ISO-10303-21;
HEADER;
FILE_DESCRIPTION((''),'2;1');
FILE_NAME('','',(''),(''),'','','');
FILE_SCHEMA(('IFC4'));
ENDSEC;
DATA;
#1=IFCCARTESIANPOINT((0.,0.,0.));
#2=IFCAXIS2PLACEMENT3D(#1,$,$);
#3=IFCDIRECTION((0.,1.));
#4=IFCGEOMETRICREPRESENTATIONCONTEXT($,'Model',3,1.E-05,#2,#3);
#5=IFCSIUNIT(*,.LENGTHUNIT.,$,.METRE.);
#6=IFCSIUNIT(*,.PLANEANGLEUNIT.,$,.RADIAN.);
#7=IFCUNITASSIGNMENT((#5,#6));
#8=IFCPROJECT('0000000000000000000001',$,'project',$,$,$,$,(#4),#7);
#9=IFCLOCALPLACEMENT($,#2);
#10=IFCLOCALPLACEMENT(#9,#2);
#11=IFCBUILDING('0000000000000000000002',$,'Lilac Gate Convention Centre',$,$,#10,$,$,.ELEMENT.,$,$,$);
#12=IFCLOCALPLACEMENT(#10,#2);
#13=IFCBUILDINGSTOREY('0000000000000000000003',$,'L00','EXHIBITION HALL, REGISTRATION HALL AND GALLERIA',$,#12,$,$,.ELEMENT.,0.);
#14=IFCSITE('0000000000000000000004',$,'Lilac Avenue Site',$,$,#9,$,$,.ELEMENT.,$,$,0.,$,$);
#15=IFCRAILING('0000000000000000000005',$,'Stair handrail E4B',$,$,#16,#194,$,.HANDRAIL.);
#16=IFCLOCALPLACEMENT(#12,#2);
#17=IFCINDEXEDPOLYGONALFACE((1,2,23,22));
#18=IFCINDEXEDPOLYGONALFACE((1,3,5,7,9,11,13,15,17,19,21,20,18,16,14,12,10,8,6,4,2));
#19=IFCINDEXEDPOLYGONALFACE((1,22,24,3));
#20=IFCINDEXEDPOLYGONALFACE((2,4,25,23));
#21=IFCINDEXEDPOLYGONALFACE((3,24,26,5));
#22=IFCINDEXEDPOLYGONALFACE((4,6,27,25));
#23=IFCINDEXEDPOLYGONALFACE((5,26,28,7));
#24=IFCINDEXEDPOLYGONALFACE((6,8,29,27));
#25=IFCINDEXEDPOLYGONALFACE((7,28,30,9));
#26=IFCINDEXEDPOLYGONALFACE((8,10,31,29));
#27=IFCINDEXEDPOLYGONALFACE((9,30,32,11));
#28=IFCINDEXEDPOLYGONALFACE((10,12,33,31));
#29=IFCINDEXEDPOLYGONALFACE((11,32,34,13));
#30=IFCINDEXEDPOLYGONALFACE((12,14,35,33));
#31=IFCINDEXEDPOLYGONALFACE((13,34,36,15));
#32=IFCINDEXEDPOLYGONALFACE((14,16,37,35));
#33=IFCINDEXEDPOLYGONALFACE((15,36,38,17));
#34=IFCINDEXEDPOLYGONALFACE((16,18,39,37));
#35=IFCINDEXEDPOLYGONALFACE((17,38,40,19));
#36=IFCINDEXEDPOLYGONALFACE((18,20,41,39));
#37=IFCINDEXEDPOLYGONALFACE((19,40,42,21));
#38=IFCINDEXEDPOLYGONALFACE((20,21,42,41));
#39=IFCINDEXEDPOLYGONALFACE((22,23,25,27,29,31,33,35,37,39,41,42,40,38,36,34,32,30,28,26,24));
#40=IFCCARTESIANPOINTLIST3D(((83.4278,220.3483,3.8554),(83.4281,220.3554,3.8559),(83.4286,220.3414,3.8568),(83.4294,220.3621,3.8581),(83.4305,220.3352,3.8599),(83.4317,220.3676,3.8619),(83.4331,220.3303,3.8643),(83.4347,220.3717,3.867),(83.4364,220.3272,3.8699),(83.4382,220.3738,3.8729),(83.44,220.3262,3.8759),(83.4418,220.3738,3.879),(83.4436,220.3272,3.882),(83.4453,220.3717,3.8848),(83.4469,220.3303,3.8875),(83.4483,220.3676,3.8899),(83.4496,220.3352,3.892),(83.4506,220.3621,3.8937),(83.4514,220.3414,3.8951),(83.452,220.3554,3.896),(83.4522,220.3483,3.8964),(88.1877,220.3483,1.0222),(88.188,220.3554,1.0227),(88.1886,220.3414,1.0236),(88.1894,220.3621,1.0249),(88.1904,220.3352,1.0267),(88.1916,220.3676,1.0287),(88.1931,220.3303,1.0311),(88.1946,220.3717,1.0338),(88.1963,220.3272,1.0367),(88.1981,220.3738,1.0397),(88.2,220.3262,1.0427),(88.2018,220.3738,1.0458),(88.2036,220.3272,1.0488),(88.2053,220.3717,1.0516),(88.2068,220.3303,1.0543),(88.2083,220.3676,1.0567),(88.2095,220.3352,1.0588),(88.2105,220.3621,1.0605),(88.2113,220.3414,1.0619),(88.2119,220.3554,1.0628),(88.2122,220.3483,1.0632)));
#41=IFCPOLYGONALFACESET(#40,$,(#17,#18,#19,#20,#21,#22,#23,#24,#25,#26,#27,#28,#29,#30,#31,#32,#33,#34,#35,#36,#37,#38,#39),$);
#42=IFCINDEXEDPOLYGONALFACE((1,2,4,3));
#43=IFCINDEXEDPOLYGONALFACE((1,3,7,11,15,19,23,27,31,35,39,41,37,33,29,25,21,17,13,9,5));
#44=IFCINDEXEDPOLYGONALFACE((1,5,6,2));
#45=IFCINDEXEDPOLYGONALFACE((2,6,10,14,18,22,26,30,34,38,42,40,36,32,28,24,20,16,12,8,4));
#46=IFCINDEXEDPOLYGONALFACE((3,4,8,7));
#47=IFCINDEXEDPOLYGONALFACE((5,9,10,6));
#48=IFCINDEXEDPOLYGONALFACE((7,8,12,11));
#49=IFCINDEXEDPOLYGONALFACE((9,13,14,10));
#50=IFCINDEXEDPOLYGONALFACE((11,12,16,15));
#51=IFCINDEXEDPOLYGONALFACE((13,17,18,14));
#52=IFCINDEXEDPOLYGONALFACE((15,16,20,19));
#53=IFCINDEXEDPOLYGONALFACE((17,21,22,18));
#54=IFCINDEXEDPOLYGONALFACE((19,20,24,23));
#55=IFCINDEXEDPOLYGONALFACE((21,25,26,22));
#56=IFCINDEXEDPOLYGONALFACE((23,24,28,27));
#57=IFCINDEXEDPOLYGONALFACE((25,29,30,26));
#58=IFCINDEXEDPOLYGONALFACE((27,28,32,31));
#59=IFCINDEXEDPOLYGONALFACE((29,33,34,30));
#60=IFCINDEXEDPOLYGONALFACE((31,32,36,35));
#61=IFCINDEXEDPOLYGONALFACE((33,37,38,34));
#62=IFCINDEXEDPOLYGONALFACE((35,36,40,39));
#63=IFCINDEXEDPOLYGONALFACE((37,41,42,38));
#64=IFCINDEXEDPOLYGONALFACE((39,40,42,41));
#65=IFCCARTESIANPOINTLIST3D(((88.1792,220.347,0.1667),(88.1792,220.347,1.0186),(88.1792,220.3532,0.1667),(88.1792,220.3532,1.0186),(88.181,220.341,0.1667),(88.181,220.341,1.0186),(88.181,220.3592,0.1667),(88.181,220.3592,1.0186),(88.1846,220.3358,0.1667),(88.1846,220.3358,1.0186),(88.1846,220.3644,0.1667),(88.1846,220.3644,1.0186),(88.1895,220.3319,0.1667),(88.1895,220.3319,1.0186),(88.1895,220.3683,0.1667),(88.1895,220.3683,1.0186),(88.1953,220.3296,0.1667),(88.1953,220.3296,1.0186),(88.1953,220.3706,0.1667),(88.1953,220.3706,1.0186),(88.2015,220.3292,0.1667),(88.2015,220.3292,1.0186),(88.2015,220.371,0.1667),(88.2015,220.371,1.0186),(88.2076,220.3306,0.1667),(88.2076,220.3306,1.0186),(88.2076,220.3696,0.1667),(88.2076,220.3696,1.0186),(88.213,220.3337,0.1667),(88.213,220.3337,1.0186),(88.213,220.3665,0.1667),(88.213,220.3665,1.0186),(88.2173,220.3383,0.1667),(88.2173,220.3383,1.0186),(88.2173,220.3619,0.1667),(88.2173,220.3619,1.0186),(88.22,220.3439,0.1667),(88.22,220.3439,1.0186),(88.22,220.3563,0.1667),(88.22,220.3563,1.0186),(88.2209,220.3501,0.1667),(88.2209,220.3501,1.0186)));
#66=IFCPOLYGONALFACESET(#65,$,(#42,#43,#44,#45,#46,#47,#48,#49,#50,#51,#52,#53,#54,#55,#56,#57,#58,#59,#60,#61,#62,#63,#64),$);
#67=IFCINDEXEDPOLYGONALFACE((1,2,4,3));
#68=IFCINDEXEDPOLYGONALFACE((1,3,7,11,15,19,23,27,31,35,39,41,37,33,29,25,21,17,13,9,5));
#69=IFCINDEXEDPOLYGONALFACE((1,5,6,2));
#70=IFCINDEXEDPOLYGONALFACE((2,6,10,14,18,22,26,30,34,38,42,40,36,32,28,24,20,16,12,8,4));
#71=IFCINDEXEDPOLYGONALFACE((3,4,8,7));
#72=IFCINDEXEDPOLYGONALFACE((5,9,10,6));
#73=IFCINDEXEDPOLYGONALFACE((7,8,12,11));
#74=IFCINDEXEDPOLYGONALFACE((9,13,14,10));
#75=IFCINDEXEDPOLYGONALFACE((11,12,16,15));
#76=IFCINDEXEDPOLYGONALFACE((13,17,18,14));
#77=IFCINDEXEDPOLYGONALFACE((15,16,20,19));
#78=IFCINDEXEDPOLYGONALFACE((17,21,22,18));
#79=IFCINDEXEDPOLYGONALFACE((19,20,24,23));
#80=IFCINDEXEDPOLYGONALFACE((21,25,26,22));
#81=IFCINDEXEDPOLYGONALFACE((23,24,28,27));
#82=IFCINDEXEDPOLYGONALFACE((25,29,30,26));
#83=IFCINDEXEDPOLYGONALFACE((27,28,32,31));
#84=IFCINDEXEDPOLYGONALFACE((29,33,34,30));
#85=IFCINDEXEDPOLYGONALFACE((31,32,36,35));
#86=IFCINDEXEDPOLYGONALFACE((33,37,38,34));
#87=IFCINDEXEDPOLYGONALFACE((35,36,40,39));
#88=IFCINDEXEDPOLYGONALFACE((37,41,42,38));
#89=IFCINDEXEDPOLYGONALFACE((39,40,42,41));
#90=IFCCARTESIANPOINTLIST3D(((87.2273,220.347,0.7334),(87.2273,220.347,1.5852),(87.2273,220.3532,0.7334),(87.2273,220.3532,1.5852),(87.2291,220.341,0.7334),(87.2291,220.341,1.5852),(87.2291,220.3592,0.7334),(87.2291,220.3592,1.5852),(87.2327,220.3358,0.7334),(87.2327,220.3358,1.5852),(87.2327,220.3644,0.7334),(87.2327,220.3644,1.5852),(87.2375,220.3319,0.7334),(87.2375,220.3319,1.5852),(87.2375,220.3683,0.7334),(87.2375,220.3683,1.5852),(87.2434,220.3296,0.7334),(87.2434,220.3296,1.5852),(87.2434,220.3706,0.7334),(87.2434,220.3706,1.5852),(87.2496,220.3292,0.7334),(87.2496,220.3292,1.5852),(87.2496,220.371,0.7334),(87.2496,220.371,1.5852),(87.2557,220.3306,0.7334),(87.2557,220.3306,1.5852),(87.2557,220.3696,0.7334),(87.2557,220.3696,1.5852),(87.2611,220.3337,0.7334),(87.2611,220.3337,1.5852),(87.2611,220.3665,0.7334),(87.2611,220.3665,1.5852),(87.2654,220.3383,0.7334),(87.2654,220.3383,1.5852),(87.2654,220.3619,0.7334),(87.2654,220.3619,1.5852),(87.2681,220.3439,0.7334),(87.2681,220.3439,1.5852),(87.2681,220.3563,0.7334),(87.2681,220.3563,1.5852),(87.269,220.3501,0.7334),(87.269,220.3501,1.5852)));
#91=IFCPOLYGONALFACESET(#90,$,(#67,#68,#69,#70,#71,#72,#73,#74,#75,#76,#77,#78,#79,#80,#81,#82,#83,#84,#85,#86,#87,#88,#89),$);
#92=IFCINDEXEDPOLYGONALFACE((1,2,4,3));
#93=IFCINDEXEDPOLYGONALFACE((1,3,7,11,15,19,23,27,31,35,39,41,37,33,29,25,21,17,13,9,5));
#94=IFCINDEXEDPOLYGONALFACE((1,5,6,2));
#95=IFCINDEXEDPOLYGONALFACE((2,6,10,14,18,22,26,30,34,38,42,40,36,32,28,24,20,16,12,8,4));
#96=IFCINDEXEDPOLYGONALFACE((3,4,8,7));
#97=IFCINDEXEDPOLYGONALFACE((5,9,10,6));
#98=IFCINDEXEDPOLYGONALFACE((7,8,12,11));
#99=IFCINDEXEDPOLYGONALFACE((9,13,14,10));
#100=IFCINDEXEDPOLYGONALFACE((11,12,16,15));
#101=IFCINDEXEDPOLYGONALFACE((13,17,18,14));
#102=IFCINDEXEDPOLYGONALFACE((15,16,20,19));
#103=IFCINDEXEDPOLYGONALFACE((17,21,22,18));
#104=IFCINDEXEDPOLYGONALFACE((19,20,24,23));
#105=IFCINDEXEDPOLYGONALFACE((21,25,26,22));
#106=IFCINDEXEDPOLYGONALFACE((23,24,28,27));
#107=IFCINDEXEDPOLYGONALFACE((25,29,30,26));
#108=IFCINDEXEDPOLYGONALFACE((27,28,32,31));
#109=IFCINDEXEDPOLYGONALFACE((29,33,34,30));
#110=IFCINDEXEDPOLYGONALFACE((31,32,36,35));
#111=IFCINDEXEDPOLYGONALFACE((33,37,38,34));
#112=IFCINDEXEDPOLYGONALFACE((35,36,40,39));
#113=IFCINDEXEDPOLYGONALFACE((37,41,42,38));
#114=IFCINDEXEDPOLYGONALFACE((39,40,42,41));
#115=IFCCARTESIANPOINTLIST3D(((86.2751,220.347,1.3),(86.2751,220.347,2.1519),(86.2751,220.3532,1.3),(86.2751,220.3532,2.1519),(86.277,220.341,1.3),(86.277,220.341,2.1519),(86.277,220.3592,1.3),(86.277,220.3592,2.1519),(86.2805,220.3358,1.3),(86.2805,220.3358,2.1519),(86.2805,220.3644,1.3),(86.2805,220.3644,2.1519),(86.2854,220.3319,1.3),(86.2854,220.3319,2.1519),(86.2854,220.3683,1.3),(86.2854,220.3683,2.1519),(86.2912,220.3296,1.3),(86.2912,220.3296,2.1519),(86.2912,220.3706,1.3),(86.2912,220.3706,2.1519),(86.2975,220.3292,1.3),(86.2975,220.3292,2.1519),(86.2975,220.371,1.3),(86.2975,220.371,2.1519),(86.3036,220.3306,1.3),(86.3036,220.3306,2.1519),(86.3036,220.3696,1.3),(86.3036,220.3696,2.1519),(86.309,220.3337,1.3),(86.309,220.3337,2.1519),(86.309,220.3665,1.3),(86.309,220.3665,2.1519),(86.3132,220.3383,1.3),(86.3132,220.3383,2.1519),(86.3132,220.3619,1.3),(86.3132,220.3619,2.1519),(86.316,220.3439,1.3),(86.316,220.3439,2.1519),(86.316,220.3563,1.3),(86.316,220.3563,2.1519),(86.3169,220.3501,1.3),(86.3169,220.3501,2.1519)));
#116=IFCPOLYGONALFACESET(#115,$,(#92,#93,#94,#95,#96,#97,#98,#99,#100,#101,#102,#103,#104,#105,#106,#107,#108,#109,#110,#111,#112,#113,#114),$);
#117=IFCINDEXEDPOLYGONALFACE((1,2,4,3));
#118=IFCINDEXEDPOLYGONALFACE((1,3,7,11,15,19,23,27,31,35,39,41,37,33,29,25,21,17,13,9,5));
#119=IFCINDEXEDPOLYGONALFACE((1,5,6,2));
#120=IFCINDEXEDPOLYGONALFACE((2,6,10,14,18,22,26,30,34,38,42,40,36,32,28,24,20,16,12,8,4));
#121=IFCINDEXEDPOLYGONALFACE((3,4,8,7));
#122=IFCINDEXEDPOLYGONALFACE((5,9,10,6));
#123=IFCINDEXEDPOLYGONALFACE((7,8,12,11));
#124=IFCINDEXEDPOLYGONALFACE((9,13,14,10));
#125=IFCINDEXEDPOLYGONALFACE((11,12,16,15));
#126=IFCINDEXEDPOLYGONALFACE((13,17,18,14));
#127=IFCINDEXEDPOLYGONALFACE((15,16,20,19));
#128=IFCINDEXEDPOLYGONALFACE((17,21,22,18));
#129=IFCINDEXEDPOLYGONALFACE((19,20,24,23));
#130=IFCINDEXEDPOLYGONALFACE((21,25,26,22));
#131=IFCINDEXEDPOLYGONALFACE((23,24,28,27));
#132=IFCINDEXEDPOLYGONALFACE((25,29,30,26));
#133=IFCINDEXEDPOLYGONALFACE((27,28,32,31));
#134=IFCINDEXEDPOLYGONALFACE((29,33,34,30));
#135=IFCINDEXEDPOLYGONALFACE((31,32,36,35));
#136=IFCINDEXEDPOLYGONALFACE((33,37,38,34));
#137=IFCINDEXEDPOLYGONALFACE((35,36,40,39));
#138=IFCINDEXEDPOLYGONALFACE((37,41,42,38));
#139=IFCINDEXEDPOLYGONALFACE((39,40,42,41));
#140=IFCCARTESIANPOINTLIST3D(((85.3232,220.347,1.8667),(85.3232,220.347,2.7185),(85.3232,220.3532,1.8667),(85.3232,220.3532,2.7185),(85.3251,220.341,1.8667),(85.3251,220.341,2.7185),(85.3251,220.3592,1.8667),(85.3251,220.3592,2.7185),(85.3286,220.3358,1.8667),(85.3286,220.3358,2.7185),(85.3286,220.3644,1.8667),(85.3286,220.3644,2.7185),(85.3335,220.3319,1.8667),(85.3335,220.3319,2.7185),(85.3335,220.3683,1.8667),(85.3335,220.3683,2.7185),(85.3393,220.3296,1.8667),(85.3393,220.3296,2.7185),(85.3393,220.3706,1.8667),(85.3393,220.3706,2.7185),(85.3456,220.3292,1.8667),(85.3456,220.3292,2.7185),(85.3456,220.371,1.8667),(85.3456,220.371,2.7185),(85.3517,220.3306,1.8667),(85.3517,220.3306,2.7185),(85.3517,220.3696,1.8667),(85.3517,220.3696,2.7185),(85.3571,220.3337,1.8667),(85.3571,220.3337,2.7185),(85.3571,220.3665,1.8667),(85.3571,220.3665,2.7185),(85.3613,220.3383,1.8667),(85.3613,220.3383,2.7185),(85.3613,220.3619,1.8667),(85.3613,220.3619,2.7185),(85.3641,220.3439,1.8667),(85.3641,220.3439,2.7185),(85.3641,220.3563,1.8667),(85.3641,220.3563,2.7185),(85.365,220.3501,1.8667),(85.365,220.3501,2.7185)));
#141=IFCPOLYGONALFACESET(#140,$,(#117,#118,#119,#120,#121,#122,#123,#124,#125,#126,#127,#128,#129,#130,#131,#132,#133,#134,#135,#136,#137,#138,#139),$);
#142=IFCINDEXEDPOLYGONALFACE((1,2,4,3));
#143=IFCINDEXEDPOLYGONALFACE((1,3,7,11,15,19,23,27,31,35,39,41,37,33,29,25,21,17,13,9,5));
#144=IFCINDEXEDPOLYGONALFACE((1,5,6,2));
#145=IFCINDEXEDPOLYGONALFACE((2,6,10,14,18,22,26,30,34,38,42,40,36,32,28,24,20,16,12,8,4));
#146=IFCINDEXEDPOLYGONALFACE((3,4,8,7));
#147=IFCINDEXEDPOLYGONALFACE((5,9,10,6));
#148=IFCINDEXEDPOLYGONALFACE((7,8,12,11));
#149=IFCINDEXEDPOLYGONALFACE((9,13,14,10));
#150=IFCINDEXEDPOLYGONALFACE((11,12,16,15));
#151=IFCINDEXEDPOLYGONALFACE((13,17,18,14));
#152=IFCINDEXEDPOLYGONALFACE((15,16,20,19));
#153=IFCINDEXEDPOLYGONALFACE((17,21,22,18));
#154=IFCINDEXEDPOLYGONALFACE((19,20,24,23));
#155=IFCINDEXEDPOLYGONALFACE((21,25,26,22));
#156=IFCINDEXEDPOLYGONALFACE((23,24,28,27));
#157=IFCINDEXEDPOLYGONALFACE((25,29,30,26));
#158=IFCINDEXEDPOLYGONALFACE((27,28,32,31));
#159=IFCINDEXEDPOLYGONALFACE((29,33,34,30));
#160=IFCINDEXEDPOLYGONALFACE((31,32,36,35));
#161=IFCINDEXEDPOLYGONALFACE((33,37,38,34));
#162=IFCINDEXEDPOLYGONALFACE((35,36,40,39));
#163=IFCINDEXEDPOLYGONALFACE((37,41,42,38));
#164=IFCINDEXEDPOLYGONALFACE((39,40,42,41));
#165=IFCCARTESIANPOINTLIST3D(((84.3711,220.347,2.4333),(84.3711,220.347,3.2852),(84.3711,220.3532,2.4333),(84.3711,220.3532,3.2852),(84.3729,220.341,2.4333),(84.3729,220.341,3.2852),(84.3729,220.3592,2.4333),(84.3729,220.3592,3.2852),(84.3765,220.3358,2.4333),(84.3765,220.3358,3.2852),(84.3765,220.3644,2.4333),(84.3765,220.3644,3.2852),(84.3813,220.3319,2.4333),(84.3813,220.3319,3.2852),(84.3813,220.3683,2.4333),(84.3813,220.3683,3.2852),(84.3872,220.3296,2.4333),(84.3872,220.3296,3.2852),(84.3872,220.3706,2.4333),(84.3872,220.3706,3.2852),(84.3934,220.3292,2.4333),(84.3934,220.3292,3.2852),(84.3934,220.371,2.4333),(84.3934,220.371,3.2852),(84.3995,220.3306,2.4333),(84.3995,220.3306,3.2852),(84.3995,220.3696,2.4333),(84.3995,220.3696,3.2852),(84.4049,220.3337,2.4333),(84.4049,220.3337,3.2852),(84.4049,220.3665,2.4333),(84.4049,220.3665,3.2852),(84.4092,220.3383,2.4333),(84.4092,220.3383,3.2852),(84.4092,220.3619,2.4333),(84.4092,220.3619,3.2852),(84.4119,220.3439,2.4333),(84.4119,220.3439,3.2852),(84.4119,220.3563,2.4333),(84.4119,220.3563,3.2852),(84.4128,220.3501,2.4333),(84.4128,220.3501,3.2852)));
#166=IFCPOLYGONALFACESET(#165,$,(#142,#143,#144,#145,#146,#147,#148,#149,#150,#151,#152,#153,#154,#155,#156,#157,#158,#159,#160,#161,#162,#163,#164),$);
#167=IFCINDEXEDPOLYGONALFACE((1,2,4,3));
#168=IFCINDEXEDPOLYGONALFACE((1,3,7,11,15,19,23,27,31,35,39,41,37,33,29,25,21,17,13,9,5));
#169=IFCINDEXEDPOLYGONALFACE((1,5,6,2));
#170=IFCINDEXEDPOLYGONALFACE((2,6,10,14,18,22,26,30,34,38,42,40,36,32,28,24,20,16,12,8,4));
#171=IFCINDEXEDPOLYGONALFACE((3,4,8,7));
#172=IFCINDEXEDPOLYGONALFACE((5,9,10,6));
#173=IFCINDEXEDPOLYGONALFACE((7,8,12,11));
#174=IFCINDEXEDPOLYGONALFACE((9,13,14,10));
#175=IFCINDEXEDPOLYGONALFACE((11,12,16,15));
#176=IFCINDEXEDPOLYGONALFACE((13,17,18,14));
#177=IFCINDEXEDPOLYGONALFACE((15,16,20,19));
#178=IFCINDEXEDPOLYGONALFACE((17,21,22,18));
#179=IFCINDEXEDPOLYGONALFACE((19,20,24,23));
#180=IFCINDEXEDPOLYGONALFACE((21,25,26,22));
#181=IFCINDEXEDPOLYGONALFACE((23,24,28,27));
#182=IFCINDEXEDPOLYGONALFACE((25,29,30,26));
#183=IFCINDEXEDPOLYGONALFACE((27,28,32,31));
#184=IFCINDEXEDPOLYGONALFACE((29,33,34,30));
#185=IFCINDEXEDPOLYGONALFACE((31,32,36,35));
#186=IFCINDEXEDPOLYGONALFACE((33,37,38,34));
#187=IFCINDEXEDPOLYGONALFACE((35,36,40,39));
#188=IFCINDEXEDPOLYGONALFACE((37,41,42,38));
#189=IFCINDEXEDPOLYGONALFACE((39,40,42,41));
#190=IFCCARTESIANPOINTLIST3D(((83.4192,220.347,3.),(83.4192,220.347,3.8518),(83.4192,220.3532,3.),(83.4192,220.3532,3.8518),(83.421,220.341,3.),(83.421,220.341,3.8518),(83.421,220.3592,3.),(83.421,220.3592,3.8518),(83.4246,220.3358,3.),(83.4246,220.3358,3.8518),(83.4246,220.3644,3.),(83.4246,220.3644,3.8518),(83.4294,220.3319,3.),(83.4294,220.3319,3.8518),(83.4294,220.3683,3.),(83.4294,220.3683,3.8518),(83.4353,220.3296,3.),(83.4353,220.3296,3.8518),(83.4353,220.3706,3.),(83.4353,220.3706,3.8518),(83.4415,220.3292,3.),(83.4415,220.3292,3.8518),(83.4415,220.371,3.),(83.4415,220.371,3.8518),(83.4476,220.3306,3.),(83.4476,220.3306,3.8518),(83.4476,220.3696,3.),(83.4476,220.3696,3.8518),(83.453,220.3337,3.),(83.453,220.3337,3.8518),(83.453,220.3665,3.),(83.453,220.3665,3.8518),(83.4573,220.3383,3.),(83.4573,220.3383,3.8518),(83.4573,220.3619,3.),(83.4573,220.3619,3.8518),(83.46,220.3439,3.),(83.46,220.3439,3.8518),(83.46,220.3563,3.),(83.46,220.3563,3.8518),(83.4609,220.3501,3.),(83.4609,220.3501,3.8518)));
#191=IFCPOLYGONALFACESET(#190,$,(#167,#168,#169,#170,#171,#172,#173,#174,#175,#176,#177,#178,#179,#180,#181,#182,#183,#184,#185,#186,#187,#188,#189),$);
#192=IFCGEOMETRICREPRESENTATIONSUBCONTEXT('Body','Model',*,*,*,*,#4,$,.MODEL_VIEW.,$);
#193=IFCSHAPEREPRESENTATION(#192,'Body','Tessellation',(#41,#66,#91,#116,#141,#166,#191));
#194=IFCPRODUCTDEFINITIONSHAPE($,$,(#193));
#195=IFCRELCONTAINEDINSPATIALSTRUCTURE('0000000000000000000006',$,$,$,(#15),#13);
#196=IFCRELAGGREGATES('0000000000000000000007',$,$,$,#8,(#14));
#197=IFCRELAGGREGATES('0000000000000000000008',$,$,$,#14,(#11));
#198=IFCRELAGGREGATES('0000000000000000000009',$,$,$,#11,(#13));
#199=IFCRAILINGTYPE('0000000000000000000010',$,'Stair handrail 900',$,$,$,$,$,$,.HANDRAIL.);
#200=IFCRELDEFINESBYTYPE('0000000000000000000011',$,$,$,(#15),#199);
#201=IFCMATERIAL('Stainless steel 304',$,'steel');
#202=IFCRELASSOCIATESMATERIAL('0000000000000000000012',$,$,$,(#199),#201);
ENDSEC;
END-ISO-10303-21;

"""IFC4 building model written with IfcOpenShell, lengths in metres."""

from ifc_helpers import new_model, si_unit, direction, frame, origin, origin_2d, place, context, subcontext, project, spatial, circle, extrude, material, type_object, element, save


model = new_model("IFC4")

# Units and contexts
model_context = context("Model", 3, precision=1e-05, world=origin(), true_north=direction((0.0, 1.0)))
body_context = subcontext(model_context, "Body", "Model", "MODEL_VIEW")
ifc_project = project(units=[si_unit("LENGTHUNIT", "METRE"), si_unit("PLANEANGLEUNIT", "RADIAN")], contexts=[model_context])

# Site, building, storey
site_placement = place(None, origin())
site = spatial("IfcSite", under=ifc_project, at=site_placement, Name="Lilac Avenue Site", CompositionType="ELEMENT", RefElevation=0.0)
building_placement = place(site_placement, origin())
building = spatial("IfcBuilding", under=site, at=building_placement, Name="Lilac Gate Convention Centre", CompositionType="ELEMENT")
storey_placement = place(building_placement, origin())
storey = spatial("IfcBuildingStorey", under=building, at=storey_placement, Name="L00", Description="EXHIBITION HALL, REGISTRATION HALL AND GALLERIA", CompositionType="ELEMENT", Elevation=0.0)

# Railing
ifc_material_1 = material(Name="Stainless steel 304", Category="steel")
railing_type = type_object("IfcRailingType", Name="Stair handrail 900", PredefinedType="HANDRAIL", material=ifc_material_1)
for number, where, name in (
    (1, (88.2, 220.3501, 0.1667), "Stair handrail E4B"),
):
    element("IfcRailing", number, at=place(storey_placement, frame(where)), inside=storey, type_object=railing_type, Name=name, PredefinedType="HANDRAIL", context=body_context, shape_type="SweptSolid", body=[
        extrude(circle(Radius=0.0239, at=origin_2d()), frame((0.0, 0.0, 0.876), z_axis=(-0.8593, 0.0, 0.511472), x_axis=(0.0, -1.0, 0.0)), (0.0, 0.0, 1.0), 5.5393),
        extrude(circle(Radius=0.021, at=origin_2d()), origin(), (0.0, 0.0, 1.0), 0.8518),
        extrude(circle(Radius=0.021, at=origin_2d()), frame((-0.9519, 0.0, 0.5667)), (0.0, 0.0, 1.0), 0.8518),
        extrude(circle(Radius=0.021, at=origin_2d()), frame((-1.9041, 0.0, 1.1333)), (0.0, 0.0, 1.0), 0.8518),
        extrude(circle(Radius=0.021, at=origin_2d()), frame((-2.856, 0.0, 1.7)), (0.0, 0.0, 1.0), 0.8518),
        extrude(circle(Radius=0.021, at=origin_2d()), frame((-3.8081, 0.0, 2.2666)), (0.0, 0.0, 1.0), 0.8518),
        extrude(circle(Radius=0.021, at=origin_2d()), frame((-4.76, 0.0, 2.8333)), (0.0, 0.0, 1.0), 0.8518),
    ])

save(model, "model.ifc")
